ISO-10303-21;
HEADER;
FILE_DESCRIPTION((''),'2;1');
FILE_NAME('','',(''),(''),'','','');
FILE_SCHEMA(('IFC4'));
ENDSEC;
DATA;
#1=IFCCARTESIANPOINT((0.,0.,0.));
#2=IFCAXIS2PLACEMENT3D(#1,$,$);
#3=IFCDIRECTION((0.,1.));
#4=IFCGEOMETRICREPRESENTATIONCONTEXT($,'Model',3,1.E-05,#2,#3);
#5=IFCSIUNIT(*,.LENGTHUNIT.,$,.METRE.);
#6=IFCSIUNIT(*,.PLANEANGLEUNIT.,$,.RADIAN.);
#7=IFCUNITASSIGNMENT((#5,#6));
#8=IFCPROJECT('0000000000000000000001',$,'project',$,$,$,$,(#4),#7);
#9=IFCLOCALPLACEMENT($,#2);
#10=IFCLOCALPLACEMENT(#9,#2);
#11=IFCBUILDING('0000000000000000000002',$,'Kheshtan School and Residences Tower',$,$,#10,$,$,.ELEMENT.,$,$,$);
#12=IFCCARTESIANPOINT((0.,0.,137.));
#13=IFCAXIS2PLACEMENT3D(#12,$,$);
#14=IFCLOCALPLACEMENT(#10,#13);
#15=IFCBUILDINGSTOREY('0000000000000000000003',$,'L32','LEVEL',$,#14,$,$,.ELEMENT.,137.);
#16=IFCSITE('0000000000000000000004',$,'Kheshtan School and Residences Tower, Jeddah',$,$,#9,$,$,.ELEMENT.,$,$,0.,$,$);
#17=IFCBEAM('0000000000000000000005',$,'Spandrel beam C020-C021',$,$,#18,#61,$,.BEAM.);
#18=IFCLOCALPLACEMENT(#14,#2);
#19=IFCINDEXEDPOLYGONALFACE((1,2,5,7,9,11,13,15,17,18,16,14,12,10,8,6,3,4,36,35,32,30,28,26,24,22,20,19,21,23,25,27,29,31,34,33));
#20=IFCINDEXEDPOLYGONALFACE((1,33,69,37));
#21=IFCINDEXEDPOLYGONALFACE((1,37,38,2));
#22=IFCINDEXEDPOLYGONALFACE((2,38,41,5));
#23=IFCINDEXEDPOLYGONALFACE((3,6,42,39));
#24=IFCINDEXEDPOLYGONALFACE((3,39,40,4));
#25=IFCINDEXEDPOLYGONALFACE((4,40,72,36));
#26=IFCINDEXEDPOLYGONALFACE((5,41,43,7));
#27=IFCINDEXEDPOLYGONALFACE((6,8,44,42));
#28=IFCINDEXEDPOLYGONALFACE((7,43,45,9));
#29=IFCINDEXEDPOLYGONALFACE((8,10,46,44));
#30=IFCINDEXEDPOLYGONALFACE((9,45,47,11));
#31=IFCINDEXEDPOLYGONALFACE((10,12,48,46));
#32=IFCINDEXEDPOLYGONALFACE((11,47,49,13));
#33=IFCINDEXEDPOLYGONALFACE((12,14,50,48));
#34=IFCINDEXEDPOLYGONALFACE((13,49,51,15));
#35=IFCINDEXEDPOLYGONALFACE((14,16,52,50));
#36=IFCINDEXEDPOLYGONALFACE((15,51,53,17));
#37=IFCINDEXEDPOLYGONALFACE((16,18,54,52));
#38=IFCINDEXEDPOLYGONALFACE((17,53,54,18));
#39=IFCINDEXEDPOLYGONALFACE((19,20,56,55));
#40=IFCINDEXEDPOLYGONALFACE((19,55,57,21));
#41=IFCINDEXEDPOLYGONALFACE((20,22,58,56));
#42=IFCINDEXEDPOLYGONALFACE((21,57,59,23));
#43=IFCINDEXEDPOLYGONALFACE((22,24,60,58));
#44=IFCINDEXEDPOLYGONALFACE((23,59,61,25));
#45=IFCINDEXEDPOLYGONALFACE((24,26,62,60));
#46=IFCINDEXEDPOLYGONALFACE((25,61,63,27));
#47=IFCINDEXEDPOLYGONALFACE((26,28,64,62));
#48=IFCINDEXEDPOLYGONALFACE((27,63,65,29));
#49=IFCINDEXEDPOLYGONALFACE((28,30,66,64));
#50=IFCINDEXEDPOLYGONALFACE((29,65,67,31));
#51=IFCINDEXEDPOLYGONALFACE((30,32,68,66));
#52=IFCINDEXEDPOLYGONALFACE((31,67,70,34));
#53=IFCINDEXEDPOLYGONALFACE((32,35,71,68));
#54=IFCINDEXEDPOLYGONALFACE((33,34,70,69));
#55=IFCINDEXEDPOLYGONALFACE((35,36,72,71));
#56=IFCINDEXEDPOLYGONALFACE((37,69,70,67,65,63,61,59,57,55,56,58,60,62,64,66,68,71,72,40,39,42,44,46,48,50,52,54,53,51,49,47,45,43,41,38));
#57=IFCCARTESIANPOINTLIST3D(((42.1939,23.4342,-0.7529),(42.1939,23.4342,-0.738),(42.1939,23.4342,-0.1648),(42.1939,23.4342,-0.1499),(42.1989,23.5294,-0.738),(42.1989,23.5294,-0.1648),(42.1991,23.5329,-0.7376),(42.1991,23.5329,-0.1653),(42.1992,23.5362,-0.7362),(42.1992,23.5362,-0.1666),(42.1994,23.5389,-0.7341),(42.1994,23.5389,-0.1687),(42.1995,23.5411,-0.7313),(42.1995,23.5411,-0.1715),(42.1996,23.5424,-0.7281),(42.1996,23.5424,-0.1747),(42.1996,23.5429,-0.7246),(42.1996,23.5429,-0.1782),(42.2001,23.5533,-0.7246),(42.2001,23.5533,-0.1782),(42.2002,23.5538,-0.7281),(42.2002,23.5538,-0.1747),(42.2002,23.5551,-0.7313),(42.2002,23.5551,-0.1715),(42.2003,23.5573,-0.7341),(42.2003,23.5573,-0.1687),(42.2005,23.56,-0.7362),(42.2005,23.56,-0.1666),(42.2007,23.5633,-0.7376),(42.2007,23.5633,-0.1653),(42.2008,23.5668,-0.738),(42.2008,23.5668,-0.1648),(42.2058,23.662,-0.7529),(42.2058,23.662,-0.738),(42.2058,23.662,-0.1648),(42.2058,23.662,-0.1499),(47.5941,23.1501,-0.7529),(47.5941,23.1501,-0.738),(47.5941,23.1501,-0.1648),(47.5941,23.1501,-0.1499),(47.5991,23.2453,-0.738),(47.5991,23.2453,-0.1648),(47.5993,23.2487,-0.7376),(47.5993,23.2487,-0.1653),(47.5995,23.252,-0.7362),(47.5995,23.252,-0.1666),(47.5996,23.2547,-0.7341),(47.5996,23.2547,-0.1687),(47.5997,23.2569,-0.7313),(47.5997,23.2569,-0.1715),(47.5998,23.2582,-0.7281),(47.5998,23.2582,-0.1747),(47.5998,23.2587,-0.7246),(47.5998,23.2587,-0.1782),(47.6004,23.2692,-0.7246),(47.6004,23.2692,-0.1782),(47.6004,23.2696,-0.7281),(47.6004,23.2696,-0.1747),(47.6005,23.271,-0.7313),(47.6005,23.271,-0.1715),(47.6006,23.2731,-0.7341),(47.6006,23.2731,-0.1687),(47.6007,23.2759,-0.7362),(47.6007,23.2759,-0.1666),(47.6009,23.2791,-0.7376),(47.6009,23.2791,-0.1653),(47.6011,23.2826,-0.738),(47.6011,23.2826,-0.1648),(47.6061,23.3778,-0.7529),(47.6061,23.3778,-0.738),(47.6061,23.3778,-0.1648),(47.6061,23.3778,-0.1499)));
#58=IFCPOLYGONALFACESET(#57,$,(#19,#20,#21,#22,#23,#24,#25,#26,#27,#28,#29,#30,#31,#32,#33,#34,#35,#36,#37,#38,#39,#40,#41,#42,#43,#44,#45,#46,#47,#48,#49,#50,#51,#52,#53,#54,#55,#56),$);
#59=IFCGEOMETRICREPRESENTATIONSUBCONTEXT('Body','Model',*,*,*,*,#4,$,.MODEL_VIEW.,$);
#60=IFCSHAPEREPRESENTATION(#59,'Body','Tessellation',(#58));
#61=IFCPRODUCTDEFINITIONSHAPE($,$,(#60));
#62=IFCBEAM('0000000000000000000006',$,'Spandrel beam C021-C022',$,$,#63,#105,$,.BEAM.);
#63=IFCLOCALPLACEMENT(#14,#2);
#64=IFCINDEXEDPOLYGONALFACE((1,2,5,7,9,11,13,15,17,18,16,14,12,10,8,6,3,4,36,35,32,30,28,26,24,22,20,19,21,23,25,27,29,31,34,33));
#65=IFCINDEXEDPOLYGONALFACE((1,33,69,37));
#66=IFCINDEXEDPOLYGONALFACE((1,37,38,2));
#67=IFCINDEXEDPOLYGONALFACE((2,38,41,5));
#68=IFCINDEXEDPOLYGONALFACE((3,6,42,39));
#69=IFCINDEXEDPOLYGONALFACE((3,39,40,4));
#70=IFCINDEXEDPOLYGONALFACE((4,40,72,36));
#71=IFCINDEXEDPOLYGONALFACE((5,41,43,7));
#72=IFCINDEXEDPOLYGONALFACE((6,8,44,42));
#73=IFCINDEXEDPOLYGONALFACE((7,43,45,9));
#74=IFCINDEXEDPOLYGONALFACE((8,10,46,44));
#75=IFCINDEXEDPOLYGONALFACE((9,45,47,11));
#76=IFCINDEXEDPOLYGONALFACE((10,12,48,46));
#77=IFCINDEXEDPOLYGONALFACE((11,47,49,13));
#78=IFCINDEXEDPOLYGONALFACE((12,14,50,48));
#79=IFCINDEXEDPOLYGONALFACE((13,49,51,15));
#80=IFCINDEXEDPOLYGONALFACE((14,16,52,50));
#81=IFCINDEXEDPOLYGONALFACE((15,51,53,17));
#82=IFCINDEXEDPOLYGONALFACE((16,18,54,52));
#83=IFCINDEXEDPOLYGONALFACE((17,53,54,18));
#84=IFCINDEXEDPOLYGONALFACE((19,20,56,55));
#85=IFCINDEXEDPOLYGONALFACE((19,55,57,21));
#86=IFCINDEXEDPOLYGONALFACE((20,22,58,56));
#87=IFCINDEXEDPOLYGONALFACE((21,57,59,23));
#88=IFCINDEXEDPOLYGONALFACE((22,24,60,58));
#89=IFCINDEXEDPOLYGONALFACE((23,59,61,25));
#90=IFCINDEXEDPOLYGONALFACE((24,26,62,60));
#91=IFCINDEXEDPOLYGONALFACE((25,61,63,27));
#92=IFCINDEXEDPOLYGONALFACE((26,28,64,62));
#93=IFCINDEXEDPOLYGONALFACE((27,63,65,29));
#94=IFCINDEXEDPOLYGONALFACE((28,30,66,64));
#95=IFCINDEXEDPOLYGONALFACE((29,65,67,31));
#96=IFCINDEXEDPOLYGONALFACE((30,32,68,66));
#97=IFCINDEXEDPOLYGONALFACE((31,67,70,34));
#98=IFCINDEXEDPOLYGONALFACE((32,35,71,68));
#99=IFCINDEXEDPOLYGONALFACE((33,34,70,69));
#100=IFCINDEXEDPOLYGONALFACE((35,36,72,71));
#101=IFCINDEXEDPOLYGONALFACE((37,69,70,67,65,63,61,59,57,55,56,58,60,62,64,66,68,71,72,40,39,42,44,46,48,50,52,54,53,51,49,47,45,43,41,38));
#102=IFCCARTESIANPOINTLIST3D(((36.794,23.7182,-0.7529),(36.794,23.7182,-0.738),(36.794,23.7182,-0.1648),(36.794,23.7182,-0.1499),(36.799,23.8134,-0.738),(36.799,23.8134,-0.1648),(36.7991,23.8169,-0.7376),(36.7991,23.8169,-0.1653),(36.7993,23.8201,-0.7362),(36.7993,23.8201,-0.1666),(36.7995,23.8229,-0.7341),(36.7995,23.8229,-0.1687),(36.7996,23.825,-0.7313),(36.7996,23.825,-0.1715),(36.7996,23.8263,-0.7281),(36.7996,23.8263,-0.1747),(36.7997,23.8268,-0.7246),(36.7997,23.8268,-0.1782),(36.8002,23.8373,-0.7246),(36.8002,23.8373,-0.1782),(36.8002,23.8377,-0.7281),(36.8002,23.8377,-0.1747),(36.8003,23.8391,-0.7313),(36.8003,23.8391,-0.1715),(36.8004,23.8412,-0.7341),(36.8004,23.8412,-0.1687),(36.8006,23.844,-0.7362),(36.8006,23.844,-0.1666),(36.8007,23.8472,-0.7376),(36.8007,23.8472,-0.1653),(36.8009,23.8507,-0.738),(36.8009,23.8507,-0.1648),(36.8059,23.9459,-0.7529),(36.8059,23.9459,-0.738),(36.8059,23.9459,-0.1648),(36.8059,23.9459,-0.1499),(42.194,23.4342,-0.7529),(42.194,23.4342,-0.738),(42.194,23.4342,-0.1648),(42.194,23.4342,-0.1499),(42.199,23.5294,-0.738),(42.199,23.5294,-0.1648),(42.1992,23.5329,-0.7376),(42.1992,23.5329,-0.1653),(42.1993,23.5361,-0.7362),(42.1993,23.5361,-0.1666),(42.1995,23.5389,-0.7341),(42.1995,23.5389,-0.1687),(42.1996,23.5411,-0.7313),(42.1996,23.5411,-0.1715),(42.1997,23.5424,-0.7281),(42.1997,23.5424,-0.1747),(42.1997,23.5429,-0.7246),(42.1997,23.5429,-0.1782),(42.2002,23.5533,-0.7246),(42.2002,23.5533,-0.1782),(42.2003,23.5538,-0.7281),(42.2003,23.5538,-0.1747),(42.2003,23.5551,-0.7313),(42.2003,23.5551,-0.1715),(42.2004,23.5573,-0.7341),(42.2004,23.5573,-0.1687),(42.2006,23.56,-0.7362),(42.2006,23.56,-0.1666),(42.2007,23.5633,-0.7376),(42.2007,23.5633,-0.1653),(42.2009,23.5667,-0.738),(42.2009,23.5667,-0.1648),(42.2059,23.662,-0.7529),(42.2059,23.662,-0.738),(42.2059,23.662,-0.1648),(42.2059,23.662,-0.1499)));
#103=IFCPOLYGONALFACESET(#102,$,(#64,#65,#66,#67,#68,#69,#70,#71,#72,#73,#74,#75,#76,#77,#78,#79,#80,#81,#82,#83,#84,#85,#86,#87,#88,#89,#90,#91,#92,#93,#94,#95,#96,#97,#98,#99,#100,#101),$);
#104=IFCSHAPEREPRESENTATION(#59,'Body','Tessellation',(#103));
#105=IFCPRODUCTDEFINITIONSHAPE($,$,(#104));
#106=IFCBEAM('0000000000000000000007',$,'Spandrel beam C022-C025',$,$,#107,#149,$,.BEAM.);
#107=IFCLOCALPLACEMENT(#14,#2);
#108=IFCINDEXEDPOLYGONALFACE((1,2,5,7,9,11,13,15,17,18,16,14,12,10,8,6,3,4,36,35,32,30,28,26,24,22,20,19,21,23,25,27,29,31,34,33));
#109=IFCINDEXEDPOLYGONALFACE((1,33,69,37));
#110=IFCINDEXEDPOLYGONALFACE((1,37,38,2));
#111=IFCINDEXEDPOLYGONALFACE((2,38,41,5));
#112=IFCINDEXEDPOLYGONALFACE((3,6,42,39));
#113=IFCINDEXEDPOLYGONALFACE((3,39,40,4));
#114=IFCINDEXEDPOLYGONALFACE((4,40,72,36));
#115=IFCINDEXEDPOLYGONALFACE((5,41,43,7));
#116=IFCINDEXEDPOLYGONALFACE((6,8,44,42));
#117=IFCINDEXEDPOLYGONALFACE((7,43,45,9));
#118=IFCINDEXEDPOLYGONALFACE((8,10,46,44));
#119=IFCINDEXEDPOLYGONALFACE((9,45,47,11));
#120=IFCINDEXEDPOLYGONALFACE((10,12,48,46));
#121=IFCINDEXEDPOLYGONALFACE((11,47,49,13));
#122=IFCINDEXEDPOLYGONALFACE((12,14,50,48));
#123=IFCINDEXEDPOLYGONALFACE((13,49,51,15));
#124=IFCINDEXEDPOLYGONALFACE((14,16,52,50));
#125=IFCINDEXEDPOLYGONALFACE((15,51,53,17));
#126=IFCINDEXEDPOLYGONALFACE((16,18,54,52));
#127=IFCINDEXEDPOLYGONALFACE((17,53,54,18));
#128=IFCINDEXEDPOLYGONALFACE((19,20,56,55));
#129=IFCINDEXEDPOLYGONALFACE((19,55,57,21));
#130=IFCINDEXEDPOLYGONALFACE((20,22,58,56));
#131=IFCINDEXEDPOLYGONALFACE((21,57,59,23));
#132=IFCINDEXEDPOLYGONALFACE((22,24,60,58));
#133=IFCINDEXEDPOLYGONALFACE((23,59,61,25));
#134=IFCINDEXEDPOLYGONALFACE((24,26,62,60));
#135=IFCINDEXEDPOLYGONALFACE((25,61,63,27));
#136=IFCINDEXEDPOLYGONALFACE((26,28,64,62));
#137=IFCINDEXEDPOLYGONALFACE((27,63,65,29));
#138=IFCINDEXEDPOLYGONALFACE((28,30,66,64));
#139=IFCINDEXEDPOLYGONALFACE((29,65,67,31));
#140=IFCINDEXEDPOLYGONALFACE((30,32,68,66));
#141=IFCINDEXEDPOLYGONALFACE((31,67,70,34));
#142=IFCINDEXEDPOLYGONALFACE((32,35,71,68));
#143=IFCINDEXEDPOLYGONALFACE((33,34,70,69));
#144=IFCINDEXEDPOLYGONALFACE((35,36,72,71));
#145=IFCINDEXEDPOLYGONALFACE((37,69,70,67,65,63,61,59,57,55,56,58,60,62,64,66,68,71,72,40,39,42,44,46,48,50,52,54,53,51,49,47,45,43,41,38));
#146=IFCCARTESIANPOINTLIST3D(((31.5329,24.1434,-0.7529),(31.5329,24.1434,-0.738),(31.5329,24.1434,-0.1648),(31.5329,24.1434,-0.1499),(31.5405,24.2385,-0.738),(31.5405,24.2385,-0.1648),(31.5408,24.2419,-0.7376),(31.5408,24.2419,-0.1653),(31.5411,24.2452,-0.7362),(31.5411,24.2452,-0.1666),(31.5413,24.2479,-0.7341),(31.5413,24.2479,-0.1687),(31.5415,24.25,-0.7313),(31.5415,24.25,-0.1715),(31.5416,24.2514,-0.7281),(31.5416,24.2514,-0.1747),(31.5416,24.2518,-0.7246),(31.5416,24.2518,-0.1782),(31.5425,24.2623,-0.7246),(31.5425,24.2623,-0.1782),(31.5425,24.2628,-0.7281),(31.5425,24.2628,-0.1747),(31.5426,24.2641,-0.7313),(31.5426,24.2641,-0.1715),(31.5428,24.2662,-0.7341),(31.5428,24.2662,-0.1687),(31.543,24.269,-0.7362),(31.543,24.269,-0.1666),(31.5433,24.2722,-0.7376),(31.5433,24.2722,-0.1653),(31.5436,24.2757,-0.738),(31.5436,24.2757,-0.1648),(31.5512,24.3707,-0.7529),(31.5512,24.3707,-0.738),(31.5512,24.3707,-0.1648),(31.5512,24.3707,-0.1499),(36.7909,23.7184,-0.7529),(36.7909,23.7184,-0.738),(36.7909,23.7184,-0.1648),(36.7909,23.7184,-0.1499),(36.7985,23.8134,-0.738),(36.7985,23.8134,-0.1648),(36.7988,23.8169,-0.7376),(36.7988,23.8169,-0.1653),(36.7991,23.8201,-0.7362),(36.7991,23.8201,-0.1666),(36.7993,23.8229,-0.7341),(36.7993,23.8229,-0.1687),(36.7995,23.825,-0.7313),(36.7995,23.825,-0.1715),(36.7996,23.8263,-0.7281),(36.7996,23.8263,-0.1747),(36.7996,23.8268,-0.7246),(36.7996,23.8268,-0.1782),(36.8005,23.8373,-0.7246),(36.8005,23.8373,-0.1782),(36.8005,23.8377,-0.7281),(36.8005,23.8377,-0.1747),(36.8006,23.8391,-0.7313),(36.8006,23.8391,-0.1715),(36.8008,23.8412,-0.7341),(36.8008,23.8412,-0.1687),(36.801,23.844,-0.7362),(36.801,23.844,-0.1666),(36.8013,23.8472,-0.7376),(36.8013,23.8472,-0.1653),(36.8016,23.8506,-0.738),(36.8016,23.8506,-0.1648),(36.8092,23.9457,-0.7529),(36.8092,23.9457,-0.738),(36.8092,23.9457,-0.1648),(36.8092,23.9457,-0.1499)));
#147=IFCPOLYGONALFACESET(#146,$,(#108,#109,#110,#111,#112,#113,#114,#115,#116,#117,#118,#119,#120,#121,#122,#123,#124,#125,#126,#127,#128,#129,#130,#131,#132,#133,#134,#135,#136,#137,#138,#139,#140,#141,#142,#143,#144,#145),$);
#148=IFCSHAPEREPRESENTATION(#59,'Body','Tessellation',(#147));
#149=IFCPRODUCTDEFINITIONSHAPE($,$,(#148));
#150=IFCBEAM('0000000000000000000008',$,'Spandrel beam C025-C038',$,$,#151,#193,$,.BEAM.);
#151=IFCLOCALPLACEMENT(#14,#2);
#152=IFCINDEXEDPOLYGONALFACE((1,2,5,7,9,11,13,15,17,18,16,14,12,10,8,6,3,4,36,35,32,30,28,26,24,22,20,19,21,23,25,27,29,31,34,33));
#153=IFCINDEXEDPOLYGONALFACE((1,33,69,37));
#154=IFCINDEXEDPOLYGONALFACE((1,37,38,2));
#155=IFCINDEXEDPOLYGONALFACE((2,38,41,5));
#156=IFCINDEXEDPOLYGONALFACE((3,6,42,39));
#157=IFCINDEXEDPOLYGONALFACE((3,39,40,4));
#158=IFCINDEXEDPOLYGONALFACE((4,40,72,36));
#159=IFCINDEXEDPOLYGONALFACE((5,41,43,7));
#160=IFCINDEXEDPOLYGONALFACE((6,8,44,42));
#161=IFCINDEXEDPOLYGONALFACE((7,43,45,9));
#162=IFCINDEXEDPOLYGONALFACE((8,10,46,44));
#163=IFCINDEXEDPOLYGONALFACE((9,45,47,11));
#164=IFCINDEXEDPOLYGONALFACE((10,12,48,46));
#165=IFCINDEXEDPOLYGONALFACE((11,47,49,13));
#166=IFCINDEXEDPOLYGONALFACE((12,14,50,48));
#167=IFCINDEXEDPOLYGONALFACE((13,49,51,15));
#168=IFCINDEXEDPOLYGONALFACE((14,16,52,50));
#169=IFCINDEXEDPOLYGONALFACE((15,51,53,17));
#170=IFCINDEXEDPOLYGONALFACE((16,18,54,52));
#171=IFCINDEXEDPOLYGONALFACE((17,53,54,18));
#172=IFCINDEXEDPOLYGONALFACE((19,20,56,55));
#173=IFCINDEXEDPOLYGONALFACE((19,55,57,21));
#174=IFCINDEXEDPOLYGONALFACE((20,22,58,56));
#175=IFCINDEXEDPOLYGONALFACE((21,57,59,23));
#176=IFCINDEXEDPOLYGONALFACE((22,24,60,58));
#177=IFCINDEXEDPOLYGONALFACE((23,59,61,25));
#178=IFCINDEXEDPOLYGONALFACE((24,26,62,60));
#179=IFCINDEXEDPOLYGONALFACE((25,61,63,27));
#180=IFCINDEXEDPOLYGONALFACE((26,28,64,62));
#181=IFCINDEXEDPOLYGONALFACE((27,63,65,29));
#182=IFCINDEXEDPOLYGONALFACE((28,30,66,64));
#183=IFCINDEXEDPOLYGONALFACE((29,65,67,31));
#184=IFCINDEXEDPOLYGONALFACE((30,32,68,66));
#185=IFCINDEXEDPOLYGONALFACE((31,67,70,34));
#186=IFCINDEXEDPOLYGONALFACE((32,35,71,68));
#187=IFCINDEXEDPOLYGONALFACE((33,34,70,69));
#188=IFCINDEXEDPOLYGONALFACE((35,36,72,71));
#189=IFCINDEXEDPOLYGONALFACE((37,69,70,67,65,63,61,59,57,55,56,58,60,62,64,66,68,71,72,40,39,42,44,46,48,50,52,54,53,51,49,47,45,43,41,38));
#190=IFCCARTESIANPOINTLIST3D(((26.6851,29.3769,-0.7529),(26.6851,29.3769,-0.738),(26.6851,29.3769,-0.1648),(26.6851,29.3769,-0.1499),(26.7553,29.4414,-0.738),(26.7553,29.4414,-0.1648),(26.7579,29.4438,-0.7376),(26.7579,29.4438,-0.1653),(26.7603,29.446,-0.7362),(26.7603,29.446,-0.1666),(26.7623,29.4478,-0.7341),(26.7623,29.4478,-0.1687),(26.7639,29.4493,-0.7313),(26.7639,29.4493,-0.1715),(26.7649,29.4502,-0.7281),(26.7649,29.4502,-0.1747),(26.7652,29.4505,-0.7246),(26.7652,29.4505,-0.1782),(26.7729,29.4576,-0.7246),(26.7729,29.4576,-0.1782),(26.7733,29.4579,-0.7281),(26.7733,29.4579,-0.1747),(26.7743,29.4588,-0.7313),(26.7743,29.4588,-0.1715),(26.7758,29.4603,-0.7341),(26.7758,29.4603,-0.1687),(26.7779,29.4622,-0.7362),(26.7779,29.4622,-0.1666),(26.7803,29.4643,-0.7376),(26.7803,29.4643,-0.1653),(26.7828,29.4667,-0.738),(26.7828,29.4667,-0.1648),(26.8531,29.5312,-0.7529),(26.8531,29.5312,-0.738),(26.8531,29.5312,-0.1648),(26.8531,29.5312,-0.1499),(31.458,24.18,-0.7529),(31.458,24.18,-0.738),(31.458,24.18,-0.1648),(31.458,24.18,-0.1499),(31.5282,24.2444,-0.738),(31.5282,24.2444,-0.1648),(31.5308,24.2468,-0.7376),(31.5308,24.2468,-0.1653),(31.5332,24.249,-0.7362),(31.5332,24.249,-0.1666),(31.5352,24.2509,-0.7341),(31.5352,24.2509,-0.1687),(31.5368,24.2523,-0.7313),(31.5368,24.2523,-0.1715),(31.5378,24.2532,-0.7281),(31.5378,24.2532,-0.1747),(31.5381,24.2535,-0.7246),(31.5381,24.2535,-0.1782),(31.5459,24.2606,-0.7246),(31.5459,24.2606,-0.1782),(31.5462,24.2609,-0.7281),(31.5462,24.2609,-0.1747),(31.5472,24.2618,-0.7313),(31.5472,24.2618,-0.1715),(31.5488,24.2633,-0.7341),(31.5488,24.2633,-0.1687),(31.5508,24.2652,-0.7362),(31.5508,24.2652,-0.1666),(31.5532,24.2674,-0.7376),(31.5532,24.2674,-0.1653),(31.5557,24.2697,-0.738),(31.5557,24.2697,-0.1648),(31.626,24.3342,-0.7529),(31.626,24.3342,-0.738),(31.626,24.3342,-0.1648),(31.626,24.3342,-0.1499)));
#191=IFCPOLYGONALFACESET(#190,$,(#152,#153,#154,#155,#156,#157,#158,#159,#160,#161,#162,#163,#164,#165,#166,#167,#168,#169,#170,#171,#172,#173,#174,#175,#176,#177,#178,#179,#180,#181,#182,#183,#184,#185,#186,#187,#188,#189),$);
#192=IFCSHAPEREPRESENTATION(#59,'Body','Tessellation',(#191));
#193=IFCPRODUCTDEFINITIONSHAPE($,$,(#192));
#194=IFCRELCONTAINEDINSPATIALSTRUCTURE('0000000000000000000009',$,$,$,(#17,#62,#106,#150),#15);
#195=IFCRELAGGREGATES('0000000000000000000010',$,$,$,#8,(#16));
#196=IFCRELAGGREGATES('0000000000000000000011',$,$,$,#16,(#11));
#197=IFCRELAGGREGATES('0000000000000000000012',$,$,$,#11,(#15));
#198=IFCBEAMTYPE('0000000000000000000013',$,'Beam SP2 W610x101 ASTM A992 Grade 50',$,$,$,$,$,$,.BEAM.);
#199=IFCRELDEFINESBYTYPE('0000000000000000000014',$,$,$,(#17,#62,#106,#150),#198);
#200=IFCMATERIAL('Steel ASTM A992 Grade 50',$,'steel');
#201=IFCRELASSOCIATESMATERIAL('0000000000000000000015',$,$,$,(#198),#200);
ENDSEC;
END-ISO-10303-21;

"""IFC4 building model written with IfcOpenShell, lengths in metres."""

from ifc_helpers import new_model, si_unit, direction, frame, origin, origin_2d, place, context, subcontext, project, spatial, i_section, extrude, material, material_profile, profile_set, type_object, element, save


model = new_model("IFC4")

# Units and contexts
model_context = context("Model", 3, precision=1e-05, world=origin(), true_north=direction((0.0, 1.0)))
body_context = subcontext(model_context, "Body", "Model", "MODEL_VIEW")
ifc_project = project(units=[si_unit("LENGTHUNIT", "METRE"), si_unit("PLANEANGLEUNIT", "RADIAN")], contexts=[model_context])

# Site, building, storey
site_placement = place(None, origin())
site = spatial("IfcSite", under=ifc_project, at=site_placement, Name="Kheshtan School and Residences Tower, Jeddah", CompositionType="ELEMENT", RefElevation=0.0)
building_placement = place(site_placement, origin())
building = spatial("IfcBuilding", under=site, at=building_placement, Name="Kheshtan School and Residences Tower", CompositionType="ELEMENT")
storey_placement = place(building_placement, frame((0.0, 0.0, 137.0)))
storey = spatial("IfcBuildingStorey", under=building, at=storey_placement, Name="L32", Description="LEVEL", CompositionType="ELEMENT", Elevation=137.0)

# Shared definitions
ifc_material_1 = material(Name="Steel ASTM A992 Grade 50", Category="steel")

# Beams
ifc_material_profile_1 = material_profile(ifc_material_1, i_section(OverallWidth=0.228, OverallDepth=0.603, WebThickness=0.0105, FlangeThickness=0.0149, FilletRadius=0.0134, at=origin_2d()), Name="W610x101")
ifc_profile_set_1 = profile_set([ifc_material_profile_1], Name="Steel ASTM A992 Grade 50")
beam_type_1 = type_object("IfcBeamType", Name="Beam SP2 W610x101 ASTM A992 Grade 50", PredefinedType="BEAM", material=ifc_profile_set_1)
beam_1_placement = place(storey_placement, frame((47.6001, 23.2639, -0.4514), z_axis=(-0.998618, 0.052552, 0.0), x_axis=(-0.052552, -0.998618, 0.0)))
element("IfcBeam", 1, at=beam_1_placement, inside=storey, type_object=beam_type_1, Name="Spandrel beam C020-C021", PredefinedType="BEAM", context=body_context, shape_type="SweptSolid", body=[
    extrude(i_section(OverallWidth=0.228, OverallDepth=0.603, WebThickness=0.0105, FlangeThickness=0.0149, FilletRadius=0.0134, at=origin_2d()), origin(), (0.0, 0.0, 1.0), 5.4077),
])
beam_2_placement = place(storey_placement, frame((42.2, 23.5481, -0.4514), z_axis=(-0.99862, 0.052509, 0.0), x_axis=(-0.052509, -0.99862, 0.0)))
element("IfcBeam", 2, at=beam_2_placement, inside=storey, type_object=beam_type_1, Name="Spandrel beam C021-C022", PredefinedType="BEAM", context=body_context, shape_type="SweptSolid", body=[
    extrude(i_section(OverallWidth=0.228, OverallDepth=0.603, WebThickness=0.0105, FlangeThickness=0.0149, FilletRadius=0.0134, at=origin_2d()), origin(), (0.0, 0.0, 1.0), 5.4075),
])
beam_3_placement = place(storey_placement, frame((36.8, 23.832, -0.4514), z_axis=(-0.996749, 0.080575, 0.0), x_axis=(-0.080575, -0.996749, 0.0)))
element("IfcBeam", 3, at=beam_3_placement, inside=storey, type_object=beam_type_1, Name="Spandrel beam C022-C025", PredefinedType="BEAM", context=body_context, shape_type="SweptSolid", body=[
    extrude(i_section(OverallWidth=0.228, OverallDepth=0.603, WebThickness=0.0105, FlangeThickness=0.0149, FilletRadius=0.0134, at=origin_2d()), origin(), (0.0, 0.0, 1.0), 5.2751),
])
beam_4_placement = place(storey_placement, frame((31.542, 24.2571, -0.4514), z_axis=(-0.676418, 0.736518, 0.0), x_axis=(-0.736518, -0.676418, 0.0)))
element("IfcBeam", 4, at=beam_4_placement, inside=storey, type_object=beam_type_1, Name="Spandrel beam C025-C038", PredefinedType="BEAM", context=body_context, shape_type="SweptSolid", body=[
    extrude(i_section(OverallWidth=0.228, OverallDepth=0.603, WebThickness=0.0105, FlangeThickness=0.0149, FilletRadius=0.0134, at=origin_2d()), origin(), (0.0, 0.0, 1.0), 7.0562),
])

save(model, "model.ifc")
